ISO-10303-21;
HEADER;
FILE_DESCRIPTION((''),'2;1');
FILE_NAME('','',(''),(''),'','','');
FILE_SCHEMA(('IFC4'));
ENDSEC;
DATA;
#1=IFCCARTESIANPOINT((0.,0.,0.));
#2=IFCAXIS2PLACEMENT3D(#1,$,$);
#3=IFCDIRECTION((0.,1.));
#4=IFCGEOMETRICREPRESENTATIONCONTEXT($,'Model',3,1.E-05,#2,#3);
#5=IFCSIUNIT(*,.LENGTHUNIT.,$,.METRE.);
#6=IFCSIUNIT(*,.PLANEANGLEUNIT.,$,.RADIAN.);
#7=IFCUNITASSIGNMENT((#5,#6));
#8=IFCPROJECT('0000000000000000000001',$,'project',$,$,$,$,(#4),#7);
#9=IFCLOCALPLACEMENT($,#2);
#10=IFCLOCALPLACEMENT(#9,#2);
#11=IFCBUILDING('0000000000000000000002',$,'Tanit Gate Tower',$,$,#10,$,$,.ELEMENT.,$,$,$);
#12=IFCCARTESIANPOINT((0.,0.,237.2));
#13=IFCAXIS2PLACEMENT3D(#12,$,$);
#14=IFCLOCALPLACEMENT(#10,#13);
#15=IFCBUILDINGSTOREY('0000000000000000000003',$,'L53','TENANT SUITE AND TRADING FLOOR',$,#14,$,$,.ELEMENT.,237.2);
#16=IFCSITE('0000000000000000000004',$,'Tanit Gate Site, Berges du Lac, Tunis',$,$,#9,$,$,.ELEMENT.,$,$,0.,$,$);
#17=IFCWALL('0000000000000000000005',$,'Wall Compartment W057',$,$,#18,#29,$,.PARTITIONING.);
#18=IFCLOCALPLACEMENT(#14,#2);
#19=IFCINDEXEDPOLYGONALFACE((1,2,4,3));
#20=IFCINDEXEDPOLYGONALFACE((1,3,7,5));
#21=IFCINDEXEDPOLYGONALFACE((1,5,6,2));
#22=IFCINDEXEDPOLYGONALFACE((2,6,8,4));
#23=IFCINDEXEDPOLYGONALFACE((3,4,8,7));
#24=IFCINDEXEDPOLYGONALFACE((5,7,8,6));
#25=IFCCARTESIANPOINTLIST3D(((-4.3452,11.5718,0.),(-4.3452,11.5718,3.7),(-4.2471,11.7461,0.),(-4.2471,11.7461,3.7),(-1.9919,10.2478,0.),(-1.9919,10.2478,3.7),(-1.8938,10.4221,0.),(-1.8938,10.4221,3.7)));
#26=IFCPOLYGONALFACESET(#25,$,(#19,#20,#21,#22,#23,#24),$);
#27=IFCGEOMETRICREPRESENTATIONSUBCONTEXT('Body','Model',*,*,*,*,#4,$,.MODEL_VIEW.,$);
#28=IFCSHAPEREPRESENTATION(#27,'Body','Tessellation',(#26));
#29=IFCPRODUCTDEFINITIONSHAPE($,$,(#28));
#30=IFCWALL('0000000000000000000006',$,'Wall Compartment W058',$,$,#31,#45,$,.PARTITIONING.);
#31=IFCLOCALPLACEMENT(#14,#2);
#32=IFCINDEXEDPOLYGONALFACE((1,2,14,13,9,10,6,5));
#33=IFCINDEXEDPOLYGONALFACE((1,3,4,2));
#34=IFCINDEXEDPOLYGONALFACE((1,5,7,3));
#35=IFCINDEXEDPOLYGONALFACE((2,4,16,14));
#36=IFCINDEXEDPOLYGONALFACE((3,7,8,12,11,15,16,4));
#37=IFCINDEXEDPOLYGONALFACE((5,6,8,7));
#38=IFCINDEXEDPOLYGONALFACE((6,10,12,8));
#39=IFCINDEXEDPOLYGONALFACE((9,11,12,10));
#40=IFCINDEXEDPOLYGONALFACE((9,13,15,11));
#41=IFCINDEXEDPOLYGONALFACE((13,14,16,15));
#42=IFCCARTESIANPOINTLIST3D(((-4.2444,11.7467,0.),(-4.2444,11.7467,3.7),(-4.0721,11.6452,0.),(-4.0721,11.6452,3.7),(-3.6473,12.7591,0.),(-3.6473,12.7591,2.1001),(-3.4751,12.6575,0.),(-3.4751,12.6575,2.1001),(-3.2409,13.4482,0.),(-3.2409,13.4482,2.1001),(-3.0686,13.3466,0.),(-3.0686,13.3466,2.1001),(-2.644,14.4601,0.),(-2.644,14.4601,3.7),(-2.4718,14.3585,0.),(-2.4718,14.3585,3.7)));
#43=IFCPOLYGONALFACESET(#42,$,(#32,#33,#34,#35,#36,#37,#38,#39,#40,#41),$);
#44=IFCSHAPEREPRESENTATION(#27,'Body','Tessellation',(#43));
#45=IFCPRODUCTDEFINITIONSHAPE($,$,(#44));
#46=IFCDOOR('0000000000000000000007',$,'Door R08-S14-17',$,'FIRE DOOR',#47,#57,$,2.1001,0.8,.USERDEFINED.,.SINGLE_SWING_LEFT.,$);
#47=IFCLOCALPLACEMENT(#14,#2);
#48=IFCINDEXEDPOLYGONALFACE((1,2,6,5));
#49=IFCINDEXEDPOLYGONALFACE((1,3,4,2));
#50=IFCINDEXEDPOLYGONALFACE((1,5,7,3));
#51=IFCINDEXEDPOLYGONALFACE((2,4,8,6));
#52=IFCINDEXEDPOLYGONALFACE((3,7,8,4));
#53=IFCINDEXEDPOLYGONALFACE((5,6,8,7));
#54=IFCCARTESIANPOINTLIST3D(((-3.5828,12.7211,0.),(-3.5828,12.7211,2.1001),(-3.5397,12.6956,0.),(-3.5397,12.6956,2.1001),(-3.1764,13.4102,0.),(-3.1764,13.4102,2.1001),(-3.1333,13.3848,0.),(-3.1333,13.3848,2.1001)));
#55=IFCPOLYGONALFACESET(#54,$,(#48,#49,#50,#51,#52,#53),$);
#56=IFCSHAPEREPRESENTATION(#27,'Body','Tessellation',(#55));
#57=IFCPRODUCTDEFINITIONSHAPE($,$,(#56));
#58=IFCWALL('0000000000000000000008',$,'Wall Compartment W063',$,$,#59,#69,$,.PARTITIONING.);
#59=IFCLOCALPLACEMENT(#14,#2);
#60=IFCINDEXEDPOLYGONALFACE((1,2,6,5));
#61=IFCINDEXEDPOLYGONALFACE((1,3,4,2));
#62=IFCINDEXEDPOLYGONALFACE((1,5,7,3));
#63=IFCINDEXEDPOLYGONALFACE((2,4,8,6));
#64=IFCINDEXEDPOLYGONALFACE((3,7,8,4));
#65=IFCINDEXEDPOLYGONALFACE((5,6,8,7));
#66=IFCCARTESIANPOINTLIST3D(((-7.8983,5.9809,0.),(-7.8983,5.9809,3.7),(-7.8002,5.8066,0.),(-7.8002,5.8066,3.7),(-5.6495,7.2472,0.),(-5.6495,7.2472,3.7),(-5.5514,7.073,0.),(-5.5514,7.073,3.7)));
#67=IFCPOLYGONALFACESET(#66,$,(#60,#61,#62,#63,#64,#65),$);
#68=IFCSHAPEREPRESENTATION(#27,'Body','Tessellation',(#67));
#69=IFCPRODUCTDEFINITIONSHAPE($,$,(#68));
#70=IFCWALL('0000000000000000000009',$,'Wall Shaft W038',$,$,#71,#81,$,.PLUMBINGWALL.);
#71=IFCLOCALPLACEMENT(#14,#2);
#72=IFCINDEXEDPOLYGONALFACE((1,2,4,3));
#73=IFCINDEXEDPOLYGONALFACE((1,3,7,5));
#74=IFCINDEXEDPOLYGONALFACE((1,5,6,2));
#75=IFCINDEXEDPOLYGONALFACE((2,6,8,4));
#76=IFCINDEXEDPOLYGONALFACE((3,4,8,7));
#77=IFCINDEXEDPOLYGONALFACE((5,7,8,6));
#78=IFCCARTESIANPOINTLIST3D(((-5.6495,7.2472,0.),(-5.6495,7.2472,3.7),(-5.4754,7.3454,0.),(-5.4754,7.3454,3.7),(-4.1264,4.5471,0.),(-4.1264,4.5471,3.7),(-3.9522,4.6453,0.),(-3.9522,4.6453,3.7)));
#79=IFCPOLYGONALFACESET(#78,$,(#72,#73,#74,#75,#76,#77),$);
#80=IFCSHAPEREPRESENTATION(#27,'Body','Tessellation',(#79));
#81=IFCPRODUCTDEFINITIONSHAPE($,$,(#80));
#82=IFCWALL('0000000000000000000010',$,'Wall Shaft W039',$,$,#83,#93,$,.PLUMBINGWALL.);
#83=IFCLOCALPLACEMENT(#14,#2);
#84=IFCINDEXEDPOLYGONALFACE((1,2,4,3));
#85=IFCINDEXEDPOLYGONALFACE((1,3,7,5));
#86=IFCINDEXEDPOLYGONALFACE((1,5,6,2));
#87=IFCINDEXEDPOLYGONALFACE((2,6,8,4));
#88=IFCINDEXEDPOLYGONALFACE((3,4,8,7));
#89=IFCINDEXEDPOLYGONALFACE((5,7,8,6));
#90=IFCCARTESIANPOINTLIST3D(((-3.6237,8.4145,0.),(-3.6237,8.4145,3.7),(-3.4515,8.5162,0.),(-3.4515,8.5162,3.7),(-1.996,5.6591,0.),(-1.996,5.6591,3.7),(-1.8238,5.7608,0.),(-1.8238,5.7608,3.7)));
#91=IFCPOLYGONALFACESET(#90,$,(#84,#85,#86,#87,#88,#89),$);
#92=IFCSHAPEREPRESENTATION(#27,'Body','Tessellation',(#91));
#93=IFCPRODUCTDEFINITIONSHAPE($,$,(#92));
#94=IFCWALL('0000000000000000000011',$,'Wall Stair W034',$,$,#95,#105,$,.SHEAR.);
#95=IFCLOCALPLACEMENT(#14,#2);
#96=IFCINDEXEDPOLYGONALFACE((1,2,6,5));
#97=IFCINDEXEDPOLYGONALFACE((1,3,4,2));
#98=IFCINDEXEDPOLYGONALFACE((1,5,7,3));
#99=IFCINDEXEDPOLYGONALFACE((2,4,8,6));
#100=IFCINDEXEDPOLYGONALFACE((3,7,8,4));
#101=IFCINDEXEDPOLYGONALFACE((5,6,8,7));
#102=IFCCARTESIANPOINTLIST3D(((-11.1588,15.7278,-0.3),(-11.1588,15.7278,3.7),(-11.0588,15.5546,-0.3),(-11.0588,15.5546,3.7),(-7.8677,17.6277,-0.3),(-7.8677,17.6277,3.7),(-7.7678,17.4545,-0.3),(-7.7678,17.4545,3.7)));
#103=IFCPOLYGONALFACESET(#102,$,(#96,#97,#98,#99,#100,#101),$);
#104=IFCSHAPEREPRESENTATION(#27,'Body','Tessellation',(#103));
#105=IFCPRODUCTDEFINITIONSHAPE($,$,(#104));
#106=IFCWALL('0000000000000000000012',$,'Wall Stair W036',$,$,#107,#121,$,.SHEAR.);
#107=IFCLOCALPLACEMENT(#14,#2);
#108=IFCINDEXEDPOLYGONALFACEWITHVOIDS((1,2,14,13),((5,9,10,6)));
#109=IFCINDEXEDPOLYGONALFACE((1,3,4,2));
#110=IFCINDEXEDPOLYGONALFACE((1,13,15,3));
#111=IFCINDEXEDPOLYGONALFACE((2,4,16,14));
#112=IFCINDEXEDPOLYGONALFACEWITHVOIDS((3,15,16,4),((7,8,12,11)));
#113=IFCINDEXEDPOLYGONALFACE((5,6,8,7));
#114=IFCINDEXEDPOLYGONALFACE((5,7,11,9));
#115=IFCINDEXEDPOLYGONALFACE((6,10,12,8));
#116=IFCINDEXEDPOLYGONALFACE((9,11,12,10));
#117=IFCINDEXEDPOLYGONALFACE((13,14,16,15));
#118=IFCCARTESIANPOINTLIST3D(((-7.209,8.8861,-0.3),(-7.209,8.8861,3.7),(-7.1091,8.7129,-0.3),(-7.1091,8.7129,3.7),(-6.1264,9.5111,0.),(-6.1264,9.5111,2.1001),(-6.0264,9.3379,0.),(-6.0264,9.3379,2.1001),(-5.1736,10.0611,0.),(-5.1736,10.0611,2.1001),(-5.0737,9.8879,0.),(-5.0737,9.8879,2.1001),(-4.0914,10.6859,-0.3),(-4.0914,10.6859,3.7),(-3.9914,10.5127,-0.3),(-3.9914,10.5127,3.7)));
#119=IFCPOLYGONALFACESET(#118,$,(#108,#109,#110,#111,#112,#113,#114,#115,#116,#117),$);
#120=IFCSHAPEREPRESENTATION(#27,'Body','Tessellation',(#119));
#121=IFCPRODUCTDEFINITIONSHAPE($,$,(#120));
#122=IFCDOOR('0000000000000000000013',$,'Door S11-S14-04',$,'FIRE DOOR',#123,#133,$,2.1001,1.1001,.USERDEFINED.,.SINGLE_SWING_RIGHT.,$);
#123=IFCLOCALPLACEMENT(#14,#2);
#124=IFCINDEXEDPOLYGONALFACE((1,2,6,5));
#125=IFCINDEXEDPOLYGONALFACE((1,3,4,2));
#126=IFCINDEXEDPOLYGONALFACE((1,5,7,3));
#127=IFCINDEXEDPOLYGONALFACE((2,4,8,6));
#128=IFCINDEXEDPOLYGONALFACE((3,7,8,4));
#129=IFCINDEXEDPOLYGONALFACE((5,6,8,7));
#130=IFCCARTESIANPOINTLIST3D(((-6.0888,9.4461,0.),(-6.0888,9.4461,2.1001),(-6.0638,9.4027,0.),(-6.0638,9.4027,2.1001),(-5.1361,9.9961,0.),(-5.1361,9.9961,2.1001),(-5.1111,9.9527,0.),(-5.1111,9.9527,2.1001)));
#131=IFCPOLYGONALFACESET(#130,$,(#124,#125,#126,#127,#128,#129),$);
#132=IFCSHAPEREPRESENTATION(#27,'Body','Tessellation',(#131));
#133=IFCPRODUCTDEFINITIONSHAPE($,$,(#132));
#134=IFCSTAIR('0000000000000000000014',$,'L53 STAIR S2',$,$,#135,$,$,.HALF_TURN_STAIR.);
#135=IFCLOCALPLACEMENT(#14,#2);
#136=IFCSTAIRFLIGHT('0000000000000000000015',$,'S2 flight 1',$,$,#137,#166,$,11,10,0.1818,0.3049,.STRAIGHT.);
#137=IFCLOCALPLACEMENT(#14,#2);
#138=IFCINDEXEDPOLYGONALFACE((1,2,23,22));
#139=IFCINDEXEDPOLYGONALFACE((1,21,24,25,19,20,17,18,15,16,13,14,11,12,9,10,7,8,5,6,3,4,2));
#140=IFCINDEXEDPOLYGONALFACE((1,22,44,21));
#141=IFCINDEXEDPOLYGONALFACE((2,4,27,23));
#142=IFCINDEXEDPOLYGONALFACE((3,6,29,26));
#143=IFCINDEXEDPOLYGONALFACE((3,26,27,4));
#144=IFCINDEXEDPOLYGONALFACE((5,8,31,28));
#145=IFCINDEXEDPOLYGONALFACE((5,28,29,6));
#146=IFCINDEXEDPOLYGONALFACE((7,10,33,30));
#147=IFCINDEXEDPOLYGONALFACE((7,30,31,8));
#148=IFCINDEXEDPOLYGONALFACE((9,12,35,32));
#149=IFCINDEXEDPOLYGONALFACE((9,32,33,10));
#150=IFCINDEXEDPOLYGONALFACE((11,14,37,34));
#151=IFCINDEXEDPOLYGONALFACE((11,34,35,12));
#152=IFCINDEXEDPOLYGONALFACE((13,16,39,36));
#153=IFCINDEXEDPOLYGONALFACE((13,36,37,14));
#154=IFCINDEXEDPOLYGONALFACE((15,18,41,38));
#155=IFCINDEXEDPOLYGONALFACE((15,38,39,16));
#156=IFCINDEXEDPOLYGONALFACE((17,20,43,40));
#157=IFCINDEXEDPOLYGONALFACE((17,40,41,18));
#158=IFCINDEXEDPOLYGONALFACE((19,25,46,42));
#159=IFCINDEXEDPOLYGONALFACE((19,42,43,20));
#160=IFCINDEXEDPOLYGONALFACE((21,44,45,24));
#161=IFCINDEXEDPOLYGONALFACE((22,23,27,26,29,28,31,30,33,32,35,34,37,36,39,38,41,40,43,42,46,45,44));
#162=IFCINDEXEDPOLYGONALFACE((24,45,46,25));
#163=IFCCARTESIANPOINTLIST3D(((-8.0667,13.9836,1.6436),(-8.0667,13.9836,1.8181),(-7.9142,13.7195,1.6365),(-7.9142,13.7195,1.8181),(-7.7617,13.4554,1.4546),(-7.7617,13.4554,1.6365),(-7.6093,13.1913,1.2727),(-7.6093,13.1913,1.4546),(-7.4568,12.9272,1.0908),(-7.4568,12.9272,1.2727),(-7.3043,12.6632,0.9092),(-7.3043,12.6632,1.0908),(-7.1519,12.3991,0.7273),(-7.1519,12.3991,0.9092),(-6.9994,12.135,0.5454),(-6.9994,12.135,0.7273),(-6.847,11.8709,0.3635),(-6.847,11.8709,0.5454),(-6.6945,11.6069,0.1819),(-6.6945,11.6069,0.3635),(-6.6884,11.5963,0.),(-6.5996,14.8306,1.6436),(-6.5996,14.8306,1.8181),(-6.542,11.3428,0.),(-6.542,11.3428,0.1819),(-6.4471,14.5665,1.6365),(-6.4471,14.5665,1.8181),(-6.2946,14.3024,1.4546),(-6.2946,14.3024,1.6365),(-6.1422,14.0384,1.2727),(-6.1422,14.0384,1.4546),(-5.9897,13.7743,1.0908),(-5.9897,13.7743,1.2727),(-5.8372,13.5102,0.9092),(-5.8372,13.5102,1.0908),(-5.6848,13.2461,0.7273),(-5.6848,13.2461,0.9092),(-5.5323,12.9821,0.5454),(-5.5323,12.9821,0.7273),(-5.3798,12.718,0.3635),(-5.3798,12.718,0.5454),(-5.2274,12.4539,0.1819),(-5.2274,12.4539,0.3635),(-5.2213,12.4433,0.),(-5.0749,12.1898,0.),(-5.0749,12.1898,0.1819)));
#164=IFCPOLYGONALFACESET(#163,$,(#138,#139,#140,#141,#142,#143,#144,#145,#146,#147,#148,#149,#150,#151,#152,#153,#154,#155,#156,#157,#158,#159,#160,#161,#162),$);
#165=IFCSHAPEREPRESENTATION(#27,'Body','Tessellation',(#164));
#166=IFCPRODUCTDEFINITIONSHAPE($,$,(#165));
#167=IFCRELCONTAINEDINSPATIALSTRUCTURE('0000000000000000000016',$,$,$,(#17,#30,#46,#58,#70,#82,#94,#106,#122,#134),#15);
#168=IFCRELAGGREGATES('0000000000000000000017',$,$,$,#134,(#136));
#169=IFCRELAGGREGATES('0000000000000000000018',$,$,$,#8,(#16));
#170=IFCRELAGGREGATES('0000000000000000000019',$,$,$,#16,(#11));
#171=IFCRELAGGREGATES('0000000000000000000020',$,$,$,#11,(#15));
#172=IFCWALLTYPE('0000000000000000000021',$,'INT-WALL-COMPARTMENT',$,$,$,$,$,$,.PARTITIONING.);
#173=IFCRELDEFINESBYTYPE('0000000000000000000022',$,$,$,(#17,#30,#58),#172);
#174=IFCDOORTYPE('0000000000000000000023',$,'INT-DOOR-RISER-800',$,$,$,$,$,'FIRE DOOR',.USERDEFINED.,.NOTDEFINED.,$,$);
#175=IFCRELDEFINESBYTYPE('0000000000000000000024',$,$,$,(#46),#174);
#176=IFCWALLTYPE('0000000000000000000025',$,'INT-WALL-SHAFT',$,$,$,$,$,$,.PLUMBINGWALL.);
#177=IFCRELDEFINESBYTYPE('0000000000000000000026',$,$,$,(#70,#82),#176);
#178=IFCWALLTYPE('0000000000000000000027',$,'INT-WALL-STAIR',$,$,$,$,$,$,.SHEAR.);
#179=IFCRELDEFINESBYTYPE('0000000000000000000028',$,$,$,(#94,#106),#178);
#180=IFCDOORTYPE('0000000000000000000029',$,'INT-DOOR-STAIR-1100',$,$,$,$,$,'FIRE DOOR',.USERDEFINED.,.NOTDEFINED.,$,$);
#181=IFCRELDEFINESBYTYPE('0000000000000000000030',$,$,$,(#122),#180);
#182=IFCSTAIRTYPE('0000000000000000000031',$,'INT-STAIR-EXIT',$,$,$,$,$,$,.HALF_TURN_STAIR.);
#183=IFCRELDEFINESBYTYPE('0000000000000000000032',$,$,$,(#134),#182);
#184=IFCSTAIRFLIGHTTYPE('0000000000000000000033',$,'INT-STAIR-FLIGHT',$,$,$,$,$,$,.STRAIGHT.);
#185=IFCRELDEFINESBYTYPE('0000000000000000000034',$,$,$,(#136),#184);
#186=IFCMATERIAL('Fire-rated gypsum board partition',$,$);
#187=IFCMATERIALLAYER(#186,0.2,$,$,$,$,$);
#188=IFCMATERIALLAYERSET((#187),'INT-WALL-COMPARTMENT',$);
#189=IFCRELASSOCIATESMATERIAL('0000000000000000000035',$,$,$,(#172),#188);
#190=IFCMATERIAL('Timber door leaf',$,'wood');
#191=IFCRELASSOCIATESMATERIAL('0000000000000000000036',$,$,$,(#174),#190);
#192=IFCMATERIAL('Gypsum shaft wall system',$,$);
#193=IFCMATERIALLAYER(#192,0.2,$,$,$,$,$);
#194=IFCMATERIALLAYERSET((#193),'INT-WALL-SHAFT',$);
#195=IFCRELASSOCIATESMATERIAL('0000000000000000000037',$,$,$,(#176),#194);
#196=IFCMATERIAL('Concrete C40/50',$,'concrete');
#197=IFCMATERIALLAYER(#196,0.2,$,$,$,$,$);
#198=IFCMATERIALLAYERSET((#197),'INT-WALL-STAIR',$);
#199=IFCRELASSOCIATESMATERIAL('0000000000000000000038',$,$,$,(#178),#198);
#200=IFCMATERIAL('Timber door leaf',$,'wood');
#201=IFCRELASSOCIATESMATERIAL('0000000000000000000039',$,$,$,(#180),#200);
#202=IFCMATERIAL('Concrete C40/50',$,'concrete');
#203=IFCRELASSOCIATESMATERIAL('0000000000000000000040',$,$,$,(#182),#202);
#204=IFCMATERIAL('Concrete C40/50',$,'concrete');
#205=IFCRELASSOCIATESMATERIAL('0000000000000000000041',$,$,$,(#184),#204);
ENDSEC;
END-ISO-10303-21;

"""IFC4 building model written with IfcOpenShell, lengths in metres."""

from ifc_helpers import new_model, si_unit, direction, frame, frame_2d, origin, place, context, subcontext, project, spatial, polyline, rectangle, outline, extrude, material, layer, layer_set, type_object, element, fill, aggregate, save


model = new_model("IFC4")

# Units and contexts
model_context = context("Model", 3, precision=1e-05, world=origin(), true_north=direction((0.0, 1.0)))
body_context = subcontext(model_context, "Body", "Model", "MODEL_VIEW")
ifc_project = project(units=[si_unit("LENGTHUNIT", "METRE"), si_unit("PLANEANGLEUNIT", "RADIAN")], contexts=[model_context])

# Site, building, storey
site_placement = place(None, origin())
site = spatial("IfcSite", under=ifc_project, at=site_placement, Name="Tanit Gate Site, Berges du Lac, Tunis", CompositionType="ELEMENT", RefElevation=0.0)
building_placement = place(site_placement, origin())
building = spatial("IfcBuilding", under=site, at=building_placement, Name="Tanit Gate Tower", CompositionType="ELEMENT")
storey_placement = place(building_placement, frame((0.0, 0.0, 237.2)))
storey = spatial("IfcBuildingStorey", under=building, at=storey_placement, Name="L53", Description="TENANT SUITE AND TRADING FLOOR", CompositionType="ELEMENT", Elevation=237.2)

# Wall
ifc_material_1 = material(Name="Fire-rated gypsum board partition")
ifc_layer_1 = layer(ifc_material_1, 0.2)
ifc_layer_set_1 = layer_set([ifc_layer_1], Name="INT-WALL-COMPARTMENT")
wall_type_1 = type_object("IfcWallType", Name="INT-WALL-COMPARTMENT", PredefinedType="PARTITIONING", material=ifc_layer_set_1)
wall_1_placement = place(storey_placement, frame((-4.2961, 11.6589, 0.0), z_axis=(0.0, 0.0, 1.0), x_axis=(0.871534, -0.490334, 0.0)))
element("IfcWall", 1, at=wall_1_placement, inside=storey, type_object=wall_type_1, Name="Wall Compartment W057", PredefinedType="PARTITIONING", context=body_context, shape_type="SweptSolid", body=[
    extrude(rectangle(XDim=2.7002, YDim=0.2, at=frame_2d((1.3501, 0.0))), origin(), (0.0, 0.0, 1.0), 3.7),
])

# Wall, opening, door
wall_2_placement = place(storey_placement, frame((-2.5579, 14.4094, 0.0), z_axis=(0.0, 0.0, 1.0), x_axis=(-0.508019, -0.861346, 0.0)))
wall_2 = element("IfcWall", 2, at=wall_2_placement, inside=storey, type_object=wall_type_1, Name="Wall Compartment W058", PredefinedType="PARTITIONING", context=body_context, shape_type="SweptSolid", body=[
    extrude(rectangle(XDim=3.1501, YDim=0.2, at=frame_2d((1.5752, 0.0))), origin(), (0.0, 0.0, 1.0), 3.7),
])
opening_1_placement = place(wall_2_placement, frame((1.175, 0.0, 0.0)))
opening_1 = element("IfcOpeningElement", 3, at=opening_1_placement, cuts=wall_2, PredefinedType="OPENING", context=body_context, shape_type="SweptSolid", body=[
    extrude(rectangle(XDim=0.8, YDim=2.1001, at=frame_2d((0.3999, 1.05))), frame((0.0, 0.1099, 0.0), z_axis=(0.0, -1.0, 0.0), x_axis=(1.0, 0.0, 0.0)), (0.0, 0.0, 1.0), 0.22),
])
ifc_material_2 = material(Name="Timber door leaf", Category="wood")
door_type_1 = type_object("IfcDoorType", Name="INT-DOOR-RISER-800", ElementType="FIRE DOOR", OperationType="NOTDEFINED", PredefinedType="USERDEFINED", material=ifc_material_2)
door_1_placement = place(opening_1_placement, origin())
door_1 = element("IfcDoor", 4, at=door_1_placement, inside=storey, type_object=door_type_1, Name="Door R08-S14-17", ObjectType="FIRE DOOR", OperationType="SINGLE_SWING_LEFT", OverallHeight=2.1001, OverallWidth=0.8, PredefinedType="USERDEFINED", context=body_context, shape_type="SweptSolid", body=[
    extrude(rectangle(XDim=0.8, YDim=2.1001, at=frame_2d((0.3999, 1.05))), frame((0.0, 0.0249, 0.0), z_axis=(0.0, -1.0, 0.0), x_axis=(1.0, 0.0, 0.0)), (0.0, 0.0, 1.0), 0.05),
])
fill(opening_1, door_1)

# Wall
wall_3_placement = place(storey_placement, frame((-5.6003, 7.1602, 0.0), z_axis=(0.0, 0.0, 1.0), x_axis=(-0.87134, -0.490679, 0.0)))
element("IfcWall", 5, at=wall_3_placement, inside=storey, type_object=wall_type_1, Name="Wall Compartment W063", PredefinedType="PARTITIONING", context=body_context, shape_type="SweptSolid", body=[
    extrude(rectangle(XDim=2.5808, YDim=0.2, at=frame_2d((1.2905, 0.0))), origin(), (0.0, 0.0, 1.0), 3.7),
])

# Shared definitions
ifc_material_3 = material(Name="Gypsum shaft wall system")
ifc_layer_2 = layer(ifc_material_3, 0.2)
ifc_layer_set_2 = layer_set([ifc_layer_2], Name="INT-WALL-SHAFT")
wall_type_2 = type_object("IfcWallType", Name="INT-WALL-SHAFT", PredefinedType="PLUMBINGWALL", material=ifc_layer_set_2)

# Walls
wall_4_placement = place(storey_placement, frame((-4.0393, 4.5962, 0.0), z_axis=(0.0, 0.0, 1.0), x_axis=(-0.491323, 0.870978, 0.0)))
element("IfcWall", 6, at=wall_4_placement, inside=storey, type_object=wall_type_2, Name="Wall Shaft W038", PredefinedType="PLUMBINGWALL", context=body_context, shape_type="SweptSolid", body=[
    extrude(rectangle(XDim=3.1001, YDim=0.2, at=frame_2d((1.55, 0.0))), origin(), (0.0, 0.0, 1.0), 3.7),
])
wall_5_placement = place(storey_placement, frame((-3.5376, 8.4653, 0.0), z_axis=(0.0, 0.0, 1.0), x_axis=(0.508616, -0.860993, 0.0)))
element("IfcWall", 7, at=wall_5_placement, inside=storey, type_object=wall_type_2, Name="Wall Shaft W039", PredefinedType="PLUMBINGWALL", context=body_context, shape_type="SweptSolid", body=[
    extrude(rectangle(XDim=3.2002, YDim=0.2, at=frame_2d((1.6001, 0.0))), origin(), (0.0, 0.0, 1.0), 3.7),
])
ifc_material_4 = material(Name="Concrete C40/50", Category="concrete")
ifc_layer_3 = layer(ifc_material_4, 0.2)
ifc_layer_set_3 = layer_set([ifc_layer_3], Name="INT-WALL-STAIR")
wall_type_3 = type_object("IfcWallType", Name="INT-WALL-STAIR", PredefinedType="SHEAR", material=ifc_layer_set_3)
wall_6_placement = place(storey_placement, frame((-7.8179, 17.541, -0.3), z_axis=(0.0, 0.0, 1.0), x_axis=(-0.866044, -0.499967, 0.0)))
element("IfcWall", 8, at=wall_6_placement, inside=storey, type_object=wall_type_3, Name="Wall Stair W034", PredefinedType="SHEAR", context=body_context, shape_type="SweptSolid", body=[
    extrude(rectangle(XDim=3.8, YDim=0.2, at=frame_2d((1.8999, 0.0))), origin(), (0.0, 0.0, 1.0), 4.0),
])

# Wall, opening, door
wall_7_placement = place(storey_placement, frame((-7.1589, 8.7996, -0.3), z_axis=(0.0, 0.0, 1.0), x_axis=(0.866048, 0.499961, 0.0)))
wall_7 = element("IfcWall", 9, at=wall_7_placement, inside=storey, type_object=wall_type_3, Name="Wall Stair W036", PredefinedType="SHEAR", context=body_context, shape_type="SweptSolid", body=[
    extrude(rectangle(XDim=3.5999, YDim=0.2, at=frame_2d((1.7998, 0.0))), origin(), (0.0, 0.0, 1.0), 4.0),
])
opening_2_placement = place(wall_7_placement, frame((1.25, 0.0, 0.3)))
opening_2 = element("IfcOpeningElement", 10, at=opening_2_placement, cuts=wall_7, PredefinedType="OPENING", context=body_context, shape_type="SweptSolid", body=[
    extrude(rectangle(XDim=1.1001, YDim=2.1001, at=frame_2d((0.55, 1.05))), frame((0.0, 0.1099, 0.0), z_axis=(0.0, -1.0, 0.0), x_axis=(1.0, 0.0, 0.0)), (0.0, 0.0, 1.0), 0.22),
])
ifc_material_5 = material(Name="Timber door leaf", Category="wood")
door_type_2 = type_object("IfcDoorType", Name="INT-DOOR-STAIR-1100", ElementType="FIRE DOOR", OperationType="NOTDEFINED", PredefinedType="USERDEFINED", material=ifc_material_5)
door_2_placement = place(opening_2_placement, origin())
door_2 = element("IfcDoor", 11, at=door_2_placement, inside=storey, type_object=door_type_2, Name="Door S11-S14-04", ObjectType="FIRE DOOR", OperationType="SINGLE_SWING_RIGHT", OverallHeight=2.1001, OverallWidth=1.1001, PredefinedType="USERDEFINED", context=body_context, shape_type="SweptSolid", body=[
    extrude(rectangle(XDim=1.1001, YDim=2.1001, at=frame_2d((0.55, 1.05))), frame((0.0, 0.0249, 0.0), z_axis=(0.0, -1.0, 0.0), x_axis=(1.0, 0.0, 0.0)), (0.0, 0.0, 1.0), 0.05),
])
fill(opening_2, door_2)

# Stair, stair flight
ifc_material_6 = material(Name="Concrete C40/50", Category="concrete")
stair_type = type_object("IfcStairType", Name="INT-STAIR-EXIT", PredefinedType="HALF_TURN_STAIR", material=ifc_material_6)
stair_placement = place(storey_placement, origin())
stair = element("IfcStair", 12, at=stair_placement, inside=storey, type_object=stair_type, Name="L53 STAIR S2", PredefinedType="HALF_TURN_STAIR")
ifc_material_7 = material(Name="Concrete C40/50", Category="concrete")
stair_flight_type = type_object("IfcStairFlightType", Name="INT-STAIR-FLIGHT", PredefinedType="STRAIGHT", material=ifc_material_7)
stair_flight_placement = place(storey_placement, frame((-5.8083, 11.7664, 0.0), z_axis=(0.0, 0.0, 1.0), x_axis=(-0.5, 0.866025, 0.0)))
stair_flight = element("IfcStairFlight", 13, at=stair_flight_placement, type_object=stair_flight_type, Name="S2 flight 1", NumberOfRisers=11, NumberOfTreads=10, PredefinedType="STRAIGHT", RiserHeight=0.1818, TreadLength=0.3049, context=body_context, shape_type="SweptSolid", body=[
    extrude(outline(polyline([(0.0, 0.0), (0.0, 0.1819), (0.3049, 0.1819), (0.3049, 0.3635), (0.6099, 0.3635), (0.6099, 0.5454), (0.9148, 0.5454), (0.9148, 0.7273), (1.2197, 0.7273), (1.2197, 0.9092), (1.5247, 0.9092), (1.5247, 1.0908), (1.8296, 1.0908), (1.8296, 1.2727), (2.1345, 1.2727), (2.1345, 1.4546), (2.4395, 1.4546), (2.4395, 1.6365), (2.7444, 1.6365), (2.7444, 1.8181), (3.0493, 1.8181), (3.0493, 2.0), (3.0493, 1.6436), (0.2927, 0.0), (0.0, 0.0)])), frame((0.0, 0.8472, 0.0), z_axis=(0.0, -1.0, 0.0), x_axis=(1.0, 0.0, 0.0)), (0.0, 0.0, 1.0), 1.6941),
])
aggregate(stair, [stair_flight])

save(model, "model.ifc")
